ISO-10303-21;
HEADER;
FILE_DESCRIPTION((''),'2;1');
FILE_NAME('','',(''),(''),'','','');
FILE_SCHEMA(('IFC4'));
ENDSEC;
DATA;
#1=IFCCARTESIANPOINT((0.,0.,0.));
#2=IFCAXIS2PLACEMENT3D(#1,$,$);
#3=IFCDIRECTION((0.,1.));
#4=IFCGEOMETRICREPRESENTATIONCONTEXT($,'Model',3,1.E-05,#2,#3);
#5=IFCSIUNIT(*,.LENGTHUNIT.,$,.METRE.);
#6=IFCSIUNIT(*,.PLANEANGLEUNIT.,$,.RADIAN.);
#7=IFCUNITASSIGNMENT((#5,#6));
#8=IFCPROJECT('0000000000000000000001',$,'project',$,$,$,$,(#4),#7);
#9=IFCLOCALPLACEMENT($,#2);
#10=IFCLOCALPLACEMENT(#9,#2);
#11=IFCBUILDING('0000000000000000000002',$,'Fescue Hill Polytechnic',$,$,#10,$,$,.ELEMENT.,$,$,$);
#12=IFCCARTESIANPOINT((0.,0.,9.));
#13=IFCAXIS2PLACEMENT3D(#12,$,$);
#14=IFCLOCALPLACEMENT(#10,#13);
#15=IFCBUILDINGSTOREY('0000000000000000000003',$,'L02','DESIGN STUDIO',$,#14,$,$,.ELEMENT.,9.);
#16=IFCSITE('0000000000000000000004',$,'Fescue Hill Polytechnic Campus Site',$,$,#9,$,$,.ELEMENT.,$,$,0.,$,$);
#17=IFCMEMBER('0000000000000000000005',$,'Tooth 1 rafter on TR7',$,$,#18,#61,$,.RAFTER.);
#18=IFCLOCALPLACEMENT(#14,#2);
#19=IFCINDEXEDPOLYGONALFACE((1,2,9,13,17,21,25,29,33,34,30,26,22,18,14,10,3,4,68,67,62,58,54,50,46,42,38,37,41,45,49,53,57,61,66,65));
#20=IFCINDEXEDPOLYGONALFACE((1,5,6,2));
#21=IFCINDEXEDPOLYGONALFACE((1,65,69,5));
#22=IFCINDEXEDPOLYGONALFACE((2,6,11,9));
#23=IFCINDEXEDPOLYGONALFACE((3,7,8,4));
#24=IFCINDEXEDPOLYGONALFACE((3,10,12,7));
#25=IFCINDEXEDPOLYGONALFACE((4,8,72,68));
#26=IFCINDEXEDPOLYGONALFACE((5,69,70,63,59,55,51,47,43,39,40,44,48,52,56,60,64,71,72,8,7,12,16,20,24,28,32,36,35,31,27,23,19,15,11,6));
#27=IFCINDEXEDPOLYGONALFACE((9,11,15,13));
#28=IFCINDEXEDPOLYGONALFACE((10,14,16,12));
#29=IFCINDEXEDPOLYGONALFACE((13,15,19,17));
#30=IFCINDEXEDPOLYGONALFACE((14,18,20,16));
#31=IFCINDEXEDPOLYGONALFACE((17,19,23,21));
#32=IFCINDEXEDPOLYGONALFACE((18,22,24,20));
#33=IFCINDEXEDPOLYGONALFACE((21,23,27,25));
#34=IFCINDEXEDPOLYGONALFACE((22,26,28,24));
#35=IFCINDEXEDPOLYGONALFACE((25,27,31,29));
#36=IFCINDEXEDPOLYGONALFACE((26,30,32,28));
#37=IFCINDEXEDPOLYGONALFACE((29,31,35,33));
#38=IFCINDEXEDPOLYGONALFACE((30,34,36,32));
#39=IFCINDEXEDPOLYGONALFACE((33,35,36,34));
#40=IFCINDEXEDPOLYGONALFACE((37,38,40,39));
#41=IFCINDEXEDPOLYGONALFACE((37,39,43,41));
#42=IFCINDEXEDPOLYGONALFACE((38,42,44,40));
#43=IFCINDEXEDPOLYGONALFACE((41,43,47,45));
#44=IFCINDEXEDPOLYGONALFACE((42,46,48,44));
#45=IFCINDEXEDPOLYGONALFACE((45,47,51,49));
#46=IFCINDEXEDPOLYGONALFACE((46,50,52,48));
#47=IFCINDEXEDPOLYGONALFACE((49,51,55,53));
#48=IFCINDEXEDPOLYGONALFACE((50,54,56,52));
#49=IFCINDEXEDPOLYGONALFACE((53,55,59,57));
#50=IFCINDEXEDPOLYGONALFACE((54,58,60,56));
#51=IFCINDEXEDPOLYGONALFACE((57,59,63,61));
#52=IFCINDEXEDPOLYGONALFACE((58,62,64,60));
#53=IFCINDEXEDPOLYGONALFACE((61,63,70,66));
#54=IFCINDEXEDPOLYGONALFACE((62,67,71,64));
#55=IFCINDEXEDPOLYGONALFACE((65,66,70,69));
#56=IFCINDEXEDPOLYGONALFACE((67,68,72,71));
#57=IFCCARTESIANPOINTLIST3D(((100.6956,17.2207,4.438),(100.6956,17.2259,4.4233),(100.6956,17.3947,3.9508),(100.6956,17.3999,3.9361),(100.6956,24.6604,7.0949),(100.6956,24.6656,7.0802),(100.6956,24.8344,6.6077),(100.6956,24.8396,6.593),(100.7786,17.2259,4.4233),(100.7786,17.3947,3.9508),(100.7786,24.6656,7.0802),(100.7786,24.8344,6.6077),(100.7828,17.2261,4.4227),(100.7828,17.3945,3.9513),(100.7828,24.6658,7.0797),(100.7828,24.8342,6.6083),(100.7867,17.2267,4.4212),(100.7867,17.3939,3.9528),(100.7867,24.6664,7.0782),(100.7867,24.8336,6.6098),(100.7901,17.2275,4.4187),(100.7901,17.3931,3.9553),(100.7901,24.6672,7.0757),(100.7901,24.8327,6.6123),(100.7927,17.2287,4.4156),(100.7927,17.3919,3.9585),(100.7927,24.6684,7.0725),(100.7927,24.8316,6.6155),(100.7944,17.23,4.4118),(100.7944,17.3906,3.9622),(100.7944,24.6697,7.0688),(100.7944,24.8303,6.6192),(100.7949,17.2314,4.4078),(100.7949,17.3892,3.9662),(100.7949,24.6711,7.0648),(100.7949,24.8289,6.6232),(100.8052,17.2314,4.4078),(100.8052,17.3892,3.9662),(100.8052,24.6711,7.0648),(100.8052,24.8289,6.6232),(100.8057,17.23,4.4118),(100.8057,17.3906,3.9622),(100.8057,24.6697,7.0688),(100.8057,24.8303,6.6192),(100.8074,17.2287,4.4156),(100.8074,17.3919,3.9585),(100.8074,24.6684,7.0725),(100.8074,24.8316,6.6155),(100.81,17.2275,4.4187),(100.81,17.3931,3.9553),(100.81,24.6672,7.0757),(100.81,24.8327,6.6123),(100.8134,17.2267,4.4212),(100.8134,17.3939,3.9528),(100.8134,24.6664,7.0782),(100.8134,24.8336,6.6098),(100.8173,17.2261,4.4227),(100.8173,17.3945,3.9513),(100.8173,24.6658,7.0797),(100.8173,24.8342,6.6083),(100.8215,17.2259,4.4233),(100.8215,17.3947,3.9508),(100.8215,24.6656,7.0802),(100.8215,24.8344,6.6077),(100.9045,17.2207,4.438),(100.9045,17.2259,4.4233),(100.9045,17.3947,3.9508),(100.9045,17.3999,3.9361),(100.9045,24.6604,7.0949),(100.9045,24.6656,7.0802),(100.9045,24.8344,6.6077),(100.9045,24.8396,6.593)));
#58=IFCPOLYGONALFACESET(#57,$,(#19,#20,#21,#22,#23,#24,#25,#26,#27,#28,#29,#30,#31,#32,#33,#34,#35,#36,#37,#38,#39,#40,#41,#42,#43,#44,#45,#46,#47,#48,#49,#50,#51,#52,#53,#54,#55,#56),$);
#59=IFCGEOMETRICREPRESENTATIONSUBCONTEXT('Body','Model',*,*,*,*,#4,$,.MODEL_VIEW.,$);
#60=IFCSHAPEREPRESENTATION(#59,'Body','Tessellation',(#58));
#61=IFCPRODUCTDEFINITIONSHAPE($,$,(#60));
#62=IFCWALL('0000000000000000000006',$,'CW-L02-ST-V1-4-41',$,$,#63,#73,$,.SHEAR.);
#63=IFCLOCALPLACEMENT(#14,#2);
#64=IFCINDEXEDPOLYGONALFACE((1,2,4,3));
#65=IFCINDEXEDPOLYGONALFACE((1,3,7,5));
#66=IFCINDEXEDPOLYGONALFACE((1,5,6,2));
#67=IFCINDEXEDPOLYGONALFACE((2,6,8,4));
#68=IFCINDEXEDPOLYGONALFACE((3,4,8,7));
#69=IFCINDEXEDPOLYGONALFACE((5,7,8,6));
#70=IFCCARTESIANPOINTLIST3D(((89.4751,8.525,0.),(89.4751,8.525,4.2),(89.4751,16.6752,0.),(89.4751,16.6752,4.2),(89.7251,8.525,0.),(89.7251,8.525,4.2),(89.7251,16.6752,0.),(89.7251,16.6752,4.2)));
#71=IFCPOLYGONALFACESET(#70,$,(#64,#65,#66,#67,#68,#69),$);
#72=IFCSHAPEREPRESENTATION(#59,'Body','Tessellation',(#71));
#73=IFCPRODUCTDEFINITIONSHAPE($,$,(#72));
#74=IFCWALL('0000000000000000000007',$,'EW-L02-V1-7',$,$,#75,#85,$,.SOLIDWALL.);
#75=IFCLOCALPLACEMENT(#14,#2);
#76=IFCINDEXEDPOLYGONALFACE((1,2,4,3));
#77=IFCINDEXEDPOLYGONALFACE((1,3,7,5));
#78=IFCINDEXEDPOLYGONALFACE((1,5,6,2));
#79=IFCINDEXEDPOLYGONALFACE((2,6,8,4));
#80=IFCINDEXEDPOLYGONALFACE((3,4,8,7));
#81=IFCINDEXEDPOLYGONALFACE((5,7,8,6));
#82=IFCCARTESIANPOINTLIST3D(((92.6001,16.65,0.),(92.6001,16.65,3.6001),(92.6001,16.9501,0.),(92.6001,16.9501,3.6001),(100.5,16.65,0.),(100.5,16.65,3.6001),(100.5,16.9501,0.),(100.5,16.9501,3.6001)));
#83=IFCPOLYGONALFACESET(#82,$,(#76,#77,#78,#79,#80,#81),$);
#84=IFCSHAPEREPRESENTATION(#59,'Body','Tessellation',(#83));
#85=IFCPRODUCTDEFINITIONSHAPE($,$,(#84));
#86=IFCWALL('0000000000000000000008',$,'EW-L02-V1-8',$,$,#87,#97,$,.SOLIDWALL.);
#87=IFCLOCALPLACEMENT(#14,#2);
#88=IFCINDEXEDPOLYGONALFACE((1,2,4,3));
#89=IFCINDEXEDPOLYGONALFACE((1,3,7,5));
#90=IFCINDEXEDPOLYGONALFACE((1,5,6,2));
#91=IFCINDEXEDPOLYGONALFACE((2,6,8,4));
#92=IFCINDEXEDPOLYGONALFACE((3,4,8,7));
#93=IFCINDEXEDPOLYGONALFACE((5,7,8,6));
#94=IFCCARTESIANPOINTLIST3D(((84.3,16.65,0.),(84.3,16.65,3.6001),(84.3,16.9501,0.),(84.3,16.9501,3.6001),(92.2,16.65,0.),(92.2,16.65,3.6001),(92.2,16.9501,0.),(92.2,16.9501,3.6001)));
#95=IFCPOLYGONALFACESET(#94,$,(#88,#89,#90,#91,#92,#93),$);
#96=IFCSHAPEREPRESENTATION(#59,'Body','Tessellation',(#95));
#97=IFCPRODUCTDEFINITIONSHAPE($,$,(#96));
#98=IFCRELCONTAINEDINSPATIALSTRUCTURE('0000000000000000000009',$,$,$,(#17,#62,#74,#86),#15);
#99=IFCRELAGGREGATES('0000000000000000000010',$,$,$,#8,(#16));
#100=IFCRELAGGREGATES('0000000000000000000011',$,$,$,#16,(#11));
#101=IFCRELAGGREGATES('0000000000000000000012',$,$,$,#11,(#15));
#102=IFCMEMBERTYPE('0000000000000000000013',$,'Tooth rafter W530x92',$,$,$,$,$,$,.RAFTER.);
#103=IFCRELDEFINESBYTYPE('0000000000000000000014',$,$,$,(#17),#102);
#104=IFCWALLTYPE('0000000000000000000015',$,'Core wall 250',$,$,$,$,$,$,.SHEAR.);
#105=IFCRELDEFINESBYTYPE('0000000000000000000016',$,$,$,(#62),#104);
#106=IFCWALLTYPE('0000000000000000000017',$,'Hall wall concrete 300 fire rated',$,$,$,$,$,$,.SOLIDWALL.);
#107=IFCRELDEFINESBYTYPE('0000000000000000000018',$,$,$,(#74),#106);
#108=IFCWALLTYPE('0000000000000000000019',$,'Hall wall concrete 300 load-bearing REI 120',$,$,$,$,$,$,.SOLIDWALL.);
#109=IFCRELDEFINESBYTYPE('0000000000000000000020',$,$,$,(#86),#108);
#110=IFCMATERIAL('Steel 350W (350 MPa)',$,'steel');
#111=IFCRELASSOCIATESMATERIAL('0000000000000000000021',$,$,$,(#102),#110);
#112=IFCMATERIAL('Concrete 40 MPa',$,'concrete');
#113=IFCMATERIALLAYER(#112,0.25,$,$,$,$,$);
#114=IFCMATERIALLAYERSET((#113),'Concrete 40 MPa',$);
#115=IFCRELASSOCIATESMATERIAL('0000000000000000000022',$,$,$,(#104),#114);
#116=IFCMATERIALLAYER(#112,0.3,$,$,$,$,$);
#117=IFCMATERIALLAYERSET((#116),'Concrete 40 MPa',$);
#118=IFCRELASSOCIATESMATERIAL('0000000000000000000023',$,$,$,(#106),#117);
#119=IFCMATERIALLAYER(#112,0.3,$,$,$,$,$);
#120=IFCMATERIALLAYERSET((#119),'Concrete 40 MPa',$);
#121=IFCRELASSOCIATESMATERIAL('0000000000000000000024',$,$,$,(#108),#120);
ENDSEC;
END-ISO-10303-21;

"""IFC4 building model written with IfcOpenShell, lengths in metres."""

from ifc_helpers import new_model, si_unit, direction, frame, frame_2d, origin, origin_2d, place, context, subcontext, project, spatial, rectangle, i_section, extrude, material, layer, layer_set, material_profile, profile_set, type_object, element, save


model = new_model("IFC4")

# Units and contexts
model_context = context("Model", 3, precision=1e-05, world=origin(), true_north=direction((0.0, 1.0)))
body_context = subcontext(model_context, "Body", "Model", "MODEL_VIEW")
ifc_project = project(units=[si_unit("LENGTHUNIT", "METRE"), si_unit("PLANEANGLEUNIT", "RADIAN")], contexts=[model_context])

# Site, building, storey
site_placement = place(None, origin())
site = spatial("IfcSite", under=ifc_project, at=site_placement, Name="Fescue Hill Polytechnic Campus Site", CompositionType="ELEMENT", RefElevation=0.0)
building_placement = place(site_placement, origin())
building = spatial("IfcBuilding", under=site, at=building_placement, Name="Fescue Hill Polytechnic", CompositionType="ELEMENT")
storey_placement = place(building_placement, frame((0.0, 0.0, 9.0)))
storey = spatial("IfcBuildingStorey", under=building, at=storey_placement, Name="L02", Description="DESIGN STUDIO", CompositionType="ELEMENT", Elevation=9.0)

# Shared definitions
ifc_material_1 = material(Name="Concrete 40 MPa", Category="concrete")

# Member
ifc_material_2 = material(Name="Steel 350W (350 MPa)", Category="steel")
ifc_material_profile_1 = material_profile(ifc_material_2, i_section(OverallWidth=0.209, OverallDepth=0.533, WebThickness=0.0103, FlangeThickness=0.0156, FilletRadius=0.0164, at=origin_2d()), Name="W530x92")
ifc_profile_set_1 = profile_set([ifc_material_profile_1], Name="Steel 350W (350 MPa)")
member_type_1 = type_object("IfcMemberType", Name="Tooth rafter W530x92", PredefinedType="RAFTER", material=ifc_profile_set_1)
member_1_placement = place(storey_placement, frame((100.8, 17.3103, 4.187), z_axis=(0.0, 0.941744, 0.336331), x_axis=(-1.0, 0.0, 0.0)))
element("IfcMember", 1, at=member_1_placement, inside=storey, type_object=member_type_1, Name="Tooth 1 rafter on TR7", PredefinedType="RAFTER", context=body_context, shape_type="SweptSolid", body=[
    extrude(i_section(OverallWidth=0.209, OverallDepth=0.533, WebThickness=0.0103, FlangeThickness=0.0156, FilletRadius=0.0164, at=origin_2d()), origin(), (0.0, 0.0, 1.0), 7.8999),
])

# Walls
ifc_layer_1 = layer(ifc_material_1, 0.25)
ifc_layer_set_1 = layer_set([ifc_layer_1], Name="Concrete 40 MPa")
wall_type_1 = type_object("IfcWallType", Name="Core wall 250", PredefinedType="SHEAR", material=ifc_layer_set_1)
wall_1_placement = place(storey_placement, frame((89.6001, 8.5249, 0.0), z_axis=(0.0, 0.0, 1.0), x_axis=(0.0, 1.0, 0.0)))
element("IfcWall", 2, at=wall_1_placement, inside=storey, type_object=wall_type_1, Name="CW-L02-ST-V1-4-41", PredefinedType="SHEAR", context=body_context, shape_type="SweptSolid", body=[
    extrude(rectangle(XDim=8.1501, YDim=0.25, at=frame_2d((4.0752, 0.0))), origin(), (0.0, 0.0, 1.0), 4.2),
])
ifc_layer_2 = layer(ifc_material_1, 0.3)
ifc_layer_set_2 = layer_set([ifc_layer_2], Name="Concrete 40 MPa")
wall_type_2 = type_object("IfcWallType", Name="Hall wall concrete 300 fire rated", PredefinedType="SOLIDWALL", material=ifc_layer_set_2)
wall_2_placement = place(storey_placement, frame((100.5, 16.8, 0.0), z_axis=(0.0, 0.0, 1.0), x_axis=(-1.0, 0.0, 0.0)))
element("IfcWall", 3, at=wall_2_placement, inside=storey, type_object=wall_type_2, Name="EW-L02-V1-7", PredefinedType="SOLIDWALL", context=body_context, shape_type="SweptSolid", body=[
    extrude(rectangle(XDim=7.8999, YDim=0.3, at=frame_2d((3.95, 0.0))), origin(), (0.0, 0.0, 1.0), 3.6001),
])
ifc_layer_3 = layer(ifc_material_1, 0.3)
ifc_layer_set_3 = layer_set([ifc_layer_3], Name="Concrete 40 MPa")
wall_type_3 = type_object("IfcWallType", Name="Hall wall concrete 300 load-bearing REI 120", PredefinedType="SOLIDWALL", material=ifc_layer_set_3)
wall_3_placement = place(storey_placement, frame((92.2, 16.8, 0.0), z_axis=(0.0, 0.0, 1.0), x_axis=(-1.0, 0.0, 0.0)))
element("IfcWall", 4, at=wall_3_placement, inside=storey, type_object=wall_type_3, Name="EW-L02-V1-8", PredefinedType="SOLIDWALL", context=body_context, shape_type="SweptSolid", body=[
    extrude(rectangle(XDim=7.8999, YDim=0.3, at=frame_2d((3.95, 0.0))), origin(), (0.0, 0.0, 1.0), 3.6001),
])

save(model, "model.ifc")
